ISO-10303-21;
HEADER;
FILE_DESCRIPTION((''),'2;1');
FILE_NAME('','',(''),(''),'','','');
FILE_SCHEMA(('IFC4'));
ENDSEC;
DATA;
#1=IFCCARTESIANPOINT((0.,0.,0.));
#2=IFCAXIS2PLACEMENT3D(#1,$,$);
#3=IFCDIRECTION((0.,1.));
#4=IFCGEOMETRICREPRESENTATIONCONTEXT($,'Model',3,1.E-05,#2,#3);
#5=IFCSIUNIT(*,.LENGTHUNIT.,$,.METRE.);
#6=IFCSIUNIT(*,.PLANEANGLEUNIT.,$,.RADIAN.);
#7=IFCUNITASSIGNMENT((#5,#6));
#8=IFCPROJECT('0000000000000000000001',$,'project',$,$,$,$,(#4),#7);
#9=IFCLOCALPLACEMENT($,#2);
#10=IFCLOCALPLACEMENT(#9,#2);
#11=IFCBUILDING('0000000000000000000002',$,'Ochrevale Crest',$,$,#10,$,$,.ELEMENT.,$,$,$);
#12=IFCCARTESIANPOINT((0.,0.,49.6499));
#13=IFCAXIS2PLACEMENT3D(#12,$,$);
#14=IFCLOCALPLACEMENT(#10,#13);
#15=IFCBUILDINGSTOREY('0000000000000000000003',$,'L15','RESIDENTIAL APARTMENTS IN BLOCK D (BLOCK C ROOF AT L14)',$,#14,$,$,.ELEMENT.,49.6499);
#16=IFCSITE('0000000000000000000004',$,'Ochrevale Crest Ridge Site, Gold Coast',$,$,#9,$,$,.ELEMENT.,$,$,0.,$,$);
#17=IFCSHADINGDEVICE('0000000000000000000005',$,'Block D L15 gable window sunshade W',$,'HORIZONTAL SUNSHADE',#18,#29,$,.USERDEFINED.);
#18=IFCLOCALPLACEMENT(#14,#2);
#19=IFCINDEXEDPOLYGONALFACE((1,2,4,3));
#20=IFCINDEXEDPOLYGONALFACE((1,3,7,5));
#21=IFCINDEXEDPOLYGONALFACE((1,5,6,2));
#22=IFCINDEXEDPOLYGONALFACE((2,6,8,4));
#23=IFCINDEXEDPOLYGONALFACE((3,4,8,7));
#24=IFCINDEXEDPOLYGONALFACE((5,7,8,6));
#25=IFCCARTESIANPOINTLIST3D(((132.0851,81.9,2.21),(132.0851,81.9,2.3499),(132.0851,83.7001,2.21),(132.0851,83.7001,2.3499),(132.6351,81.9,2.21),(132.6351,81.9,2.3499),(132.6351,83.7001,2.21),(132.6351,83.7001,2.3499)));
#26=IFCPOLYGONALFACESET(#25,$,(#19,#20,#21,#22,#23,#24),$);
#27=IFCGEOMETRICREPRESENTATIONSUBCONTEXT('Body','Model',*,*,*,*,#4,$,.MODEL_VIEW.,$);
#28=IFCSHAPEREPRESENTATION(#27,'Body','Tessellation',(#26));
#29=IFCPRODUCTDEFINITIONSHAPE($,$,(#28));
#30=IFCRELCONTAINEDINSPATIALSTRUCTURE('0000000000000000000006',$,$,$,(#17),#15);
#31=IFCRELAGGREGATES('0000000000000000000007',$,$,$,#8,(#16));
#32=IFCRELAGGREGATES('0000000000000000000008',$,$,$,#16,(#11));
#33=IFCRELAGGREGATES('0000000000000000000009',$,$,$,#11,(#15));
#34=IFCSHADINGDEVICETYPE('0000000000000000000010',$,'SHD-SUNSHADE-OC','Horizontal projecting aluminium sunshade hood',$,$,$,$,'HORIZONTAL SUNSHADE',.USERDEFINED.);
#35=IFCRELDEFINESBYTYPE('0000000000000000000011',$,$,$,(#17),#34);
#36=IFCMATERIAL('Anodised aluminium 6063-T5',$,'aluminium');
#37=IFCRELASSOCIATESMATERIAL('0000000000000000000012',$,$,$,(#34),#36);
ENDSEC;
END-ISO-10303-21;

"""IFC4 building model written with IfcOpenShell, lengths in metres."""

from ifc_helpers import new_model, si_unit, direction, frame, origin, origin_2d, place, context, subcontext, project, spatial, rectangle, extrude, material, type_object, element, save


model = new_model("IFC4")

# Units and contexts
model_context = context("Model", 3, precision=1e-05, world=origin(), true_north=direction((0.0, 1.0)))
body_context = subcontext(model_context, "Body", "Model", "MODEL_VIEW")
ifc_project = project(units=[si_unit("LENGTHUNIT", "METRE"), si_unit("PLANEANGLEUNIT", "RADIAN")], contexts=[model_context])

# Site, building, storey
site_placement = place(None, origin())
site = spatial("IfcSite", under=ifc_project, at=site_placement, Name="Ochrevale Crest Ridge Site, Gold Coast", CompositionType="ELEMENT", RefElevation=0.0)
building_placement = place(site_placement, origin())
building = spatial("IfcBuilding", under=site, at=building_placement, Name="Ochrevale Crest", CompositionType="ELEMENT")
storey_placement = place(building_placement, frame((0.0, 0.0, 49.6499)))
storey = spatial("IfcBuildingStorey", under=building, at=storey_placement, Name="L15", Description="RESIDENTIAL APARTMENTS IN BLOCK D (BLOCK C ROOF AT L14)", CompositionType="ELEMENT", Elevation=49.6499)

# Shared definitions
ifc_material_1 = material(Name="Anodised aluminium 6063-T5", Category="aluminium")

# Shading device
shading_device_type = type_object("IfcShadingDeviceType", Name="SHD-SUNSHADE-OC", Description="Horizontal projecting aluminium sunshade hood", ElementType="HORIZONTAL SUNSHADE", PredefinedType="USERDEFINED", material=ifc_material_1)
shading_device_placement = place(storey_placement, frame((132.3601, 82.8, 2.21), z_axis=(0.0, 0.0, 1.0), x_axis=(1.0, 0.0, 0.0)))
element("IfcShadingDevice", 1, at=shading_device_placement, inside=storey, type_object=shading_device_type, Name="Block D L15 gable window sunshade W", ObjectType="HORIZONTAL SUNSHADE", PredefinedType="USERDEFINED", context=body_context, shape_type="SweptSolid", body=[
    extrude(rectangle(XDim=0.55, YDim=1.8, at=origin_2d()), origin(), (0.0, 0.0, 1.0), 0.1399),
])

save(model, "model.ifc")
